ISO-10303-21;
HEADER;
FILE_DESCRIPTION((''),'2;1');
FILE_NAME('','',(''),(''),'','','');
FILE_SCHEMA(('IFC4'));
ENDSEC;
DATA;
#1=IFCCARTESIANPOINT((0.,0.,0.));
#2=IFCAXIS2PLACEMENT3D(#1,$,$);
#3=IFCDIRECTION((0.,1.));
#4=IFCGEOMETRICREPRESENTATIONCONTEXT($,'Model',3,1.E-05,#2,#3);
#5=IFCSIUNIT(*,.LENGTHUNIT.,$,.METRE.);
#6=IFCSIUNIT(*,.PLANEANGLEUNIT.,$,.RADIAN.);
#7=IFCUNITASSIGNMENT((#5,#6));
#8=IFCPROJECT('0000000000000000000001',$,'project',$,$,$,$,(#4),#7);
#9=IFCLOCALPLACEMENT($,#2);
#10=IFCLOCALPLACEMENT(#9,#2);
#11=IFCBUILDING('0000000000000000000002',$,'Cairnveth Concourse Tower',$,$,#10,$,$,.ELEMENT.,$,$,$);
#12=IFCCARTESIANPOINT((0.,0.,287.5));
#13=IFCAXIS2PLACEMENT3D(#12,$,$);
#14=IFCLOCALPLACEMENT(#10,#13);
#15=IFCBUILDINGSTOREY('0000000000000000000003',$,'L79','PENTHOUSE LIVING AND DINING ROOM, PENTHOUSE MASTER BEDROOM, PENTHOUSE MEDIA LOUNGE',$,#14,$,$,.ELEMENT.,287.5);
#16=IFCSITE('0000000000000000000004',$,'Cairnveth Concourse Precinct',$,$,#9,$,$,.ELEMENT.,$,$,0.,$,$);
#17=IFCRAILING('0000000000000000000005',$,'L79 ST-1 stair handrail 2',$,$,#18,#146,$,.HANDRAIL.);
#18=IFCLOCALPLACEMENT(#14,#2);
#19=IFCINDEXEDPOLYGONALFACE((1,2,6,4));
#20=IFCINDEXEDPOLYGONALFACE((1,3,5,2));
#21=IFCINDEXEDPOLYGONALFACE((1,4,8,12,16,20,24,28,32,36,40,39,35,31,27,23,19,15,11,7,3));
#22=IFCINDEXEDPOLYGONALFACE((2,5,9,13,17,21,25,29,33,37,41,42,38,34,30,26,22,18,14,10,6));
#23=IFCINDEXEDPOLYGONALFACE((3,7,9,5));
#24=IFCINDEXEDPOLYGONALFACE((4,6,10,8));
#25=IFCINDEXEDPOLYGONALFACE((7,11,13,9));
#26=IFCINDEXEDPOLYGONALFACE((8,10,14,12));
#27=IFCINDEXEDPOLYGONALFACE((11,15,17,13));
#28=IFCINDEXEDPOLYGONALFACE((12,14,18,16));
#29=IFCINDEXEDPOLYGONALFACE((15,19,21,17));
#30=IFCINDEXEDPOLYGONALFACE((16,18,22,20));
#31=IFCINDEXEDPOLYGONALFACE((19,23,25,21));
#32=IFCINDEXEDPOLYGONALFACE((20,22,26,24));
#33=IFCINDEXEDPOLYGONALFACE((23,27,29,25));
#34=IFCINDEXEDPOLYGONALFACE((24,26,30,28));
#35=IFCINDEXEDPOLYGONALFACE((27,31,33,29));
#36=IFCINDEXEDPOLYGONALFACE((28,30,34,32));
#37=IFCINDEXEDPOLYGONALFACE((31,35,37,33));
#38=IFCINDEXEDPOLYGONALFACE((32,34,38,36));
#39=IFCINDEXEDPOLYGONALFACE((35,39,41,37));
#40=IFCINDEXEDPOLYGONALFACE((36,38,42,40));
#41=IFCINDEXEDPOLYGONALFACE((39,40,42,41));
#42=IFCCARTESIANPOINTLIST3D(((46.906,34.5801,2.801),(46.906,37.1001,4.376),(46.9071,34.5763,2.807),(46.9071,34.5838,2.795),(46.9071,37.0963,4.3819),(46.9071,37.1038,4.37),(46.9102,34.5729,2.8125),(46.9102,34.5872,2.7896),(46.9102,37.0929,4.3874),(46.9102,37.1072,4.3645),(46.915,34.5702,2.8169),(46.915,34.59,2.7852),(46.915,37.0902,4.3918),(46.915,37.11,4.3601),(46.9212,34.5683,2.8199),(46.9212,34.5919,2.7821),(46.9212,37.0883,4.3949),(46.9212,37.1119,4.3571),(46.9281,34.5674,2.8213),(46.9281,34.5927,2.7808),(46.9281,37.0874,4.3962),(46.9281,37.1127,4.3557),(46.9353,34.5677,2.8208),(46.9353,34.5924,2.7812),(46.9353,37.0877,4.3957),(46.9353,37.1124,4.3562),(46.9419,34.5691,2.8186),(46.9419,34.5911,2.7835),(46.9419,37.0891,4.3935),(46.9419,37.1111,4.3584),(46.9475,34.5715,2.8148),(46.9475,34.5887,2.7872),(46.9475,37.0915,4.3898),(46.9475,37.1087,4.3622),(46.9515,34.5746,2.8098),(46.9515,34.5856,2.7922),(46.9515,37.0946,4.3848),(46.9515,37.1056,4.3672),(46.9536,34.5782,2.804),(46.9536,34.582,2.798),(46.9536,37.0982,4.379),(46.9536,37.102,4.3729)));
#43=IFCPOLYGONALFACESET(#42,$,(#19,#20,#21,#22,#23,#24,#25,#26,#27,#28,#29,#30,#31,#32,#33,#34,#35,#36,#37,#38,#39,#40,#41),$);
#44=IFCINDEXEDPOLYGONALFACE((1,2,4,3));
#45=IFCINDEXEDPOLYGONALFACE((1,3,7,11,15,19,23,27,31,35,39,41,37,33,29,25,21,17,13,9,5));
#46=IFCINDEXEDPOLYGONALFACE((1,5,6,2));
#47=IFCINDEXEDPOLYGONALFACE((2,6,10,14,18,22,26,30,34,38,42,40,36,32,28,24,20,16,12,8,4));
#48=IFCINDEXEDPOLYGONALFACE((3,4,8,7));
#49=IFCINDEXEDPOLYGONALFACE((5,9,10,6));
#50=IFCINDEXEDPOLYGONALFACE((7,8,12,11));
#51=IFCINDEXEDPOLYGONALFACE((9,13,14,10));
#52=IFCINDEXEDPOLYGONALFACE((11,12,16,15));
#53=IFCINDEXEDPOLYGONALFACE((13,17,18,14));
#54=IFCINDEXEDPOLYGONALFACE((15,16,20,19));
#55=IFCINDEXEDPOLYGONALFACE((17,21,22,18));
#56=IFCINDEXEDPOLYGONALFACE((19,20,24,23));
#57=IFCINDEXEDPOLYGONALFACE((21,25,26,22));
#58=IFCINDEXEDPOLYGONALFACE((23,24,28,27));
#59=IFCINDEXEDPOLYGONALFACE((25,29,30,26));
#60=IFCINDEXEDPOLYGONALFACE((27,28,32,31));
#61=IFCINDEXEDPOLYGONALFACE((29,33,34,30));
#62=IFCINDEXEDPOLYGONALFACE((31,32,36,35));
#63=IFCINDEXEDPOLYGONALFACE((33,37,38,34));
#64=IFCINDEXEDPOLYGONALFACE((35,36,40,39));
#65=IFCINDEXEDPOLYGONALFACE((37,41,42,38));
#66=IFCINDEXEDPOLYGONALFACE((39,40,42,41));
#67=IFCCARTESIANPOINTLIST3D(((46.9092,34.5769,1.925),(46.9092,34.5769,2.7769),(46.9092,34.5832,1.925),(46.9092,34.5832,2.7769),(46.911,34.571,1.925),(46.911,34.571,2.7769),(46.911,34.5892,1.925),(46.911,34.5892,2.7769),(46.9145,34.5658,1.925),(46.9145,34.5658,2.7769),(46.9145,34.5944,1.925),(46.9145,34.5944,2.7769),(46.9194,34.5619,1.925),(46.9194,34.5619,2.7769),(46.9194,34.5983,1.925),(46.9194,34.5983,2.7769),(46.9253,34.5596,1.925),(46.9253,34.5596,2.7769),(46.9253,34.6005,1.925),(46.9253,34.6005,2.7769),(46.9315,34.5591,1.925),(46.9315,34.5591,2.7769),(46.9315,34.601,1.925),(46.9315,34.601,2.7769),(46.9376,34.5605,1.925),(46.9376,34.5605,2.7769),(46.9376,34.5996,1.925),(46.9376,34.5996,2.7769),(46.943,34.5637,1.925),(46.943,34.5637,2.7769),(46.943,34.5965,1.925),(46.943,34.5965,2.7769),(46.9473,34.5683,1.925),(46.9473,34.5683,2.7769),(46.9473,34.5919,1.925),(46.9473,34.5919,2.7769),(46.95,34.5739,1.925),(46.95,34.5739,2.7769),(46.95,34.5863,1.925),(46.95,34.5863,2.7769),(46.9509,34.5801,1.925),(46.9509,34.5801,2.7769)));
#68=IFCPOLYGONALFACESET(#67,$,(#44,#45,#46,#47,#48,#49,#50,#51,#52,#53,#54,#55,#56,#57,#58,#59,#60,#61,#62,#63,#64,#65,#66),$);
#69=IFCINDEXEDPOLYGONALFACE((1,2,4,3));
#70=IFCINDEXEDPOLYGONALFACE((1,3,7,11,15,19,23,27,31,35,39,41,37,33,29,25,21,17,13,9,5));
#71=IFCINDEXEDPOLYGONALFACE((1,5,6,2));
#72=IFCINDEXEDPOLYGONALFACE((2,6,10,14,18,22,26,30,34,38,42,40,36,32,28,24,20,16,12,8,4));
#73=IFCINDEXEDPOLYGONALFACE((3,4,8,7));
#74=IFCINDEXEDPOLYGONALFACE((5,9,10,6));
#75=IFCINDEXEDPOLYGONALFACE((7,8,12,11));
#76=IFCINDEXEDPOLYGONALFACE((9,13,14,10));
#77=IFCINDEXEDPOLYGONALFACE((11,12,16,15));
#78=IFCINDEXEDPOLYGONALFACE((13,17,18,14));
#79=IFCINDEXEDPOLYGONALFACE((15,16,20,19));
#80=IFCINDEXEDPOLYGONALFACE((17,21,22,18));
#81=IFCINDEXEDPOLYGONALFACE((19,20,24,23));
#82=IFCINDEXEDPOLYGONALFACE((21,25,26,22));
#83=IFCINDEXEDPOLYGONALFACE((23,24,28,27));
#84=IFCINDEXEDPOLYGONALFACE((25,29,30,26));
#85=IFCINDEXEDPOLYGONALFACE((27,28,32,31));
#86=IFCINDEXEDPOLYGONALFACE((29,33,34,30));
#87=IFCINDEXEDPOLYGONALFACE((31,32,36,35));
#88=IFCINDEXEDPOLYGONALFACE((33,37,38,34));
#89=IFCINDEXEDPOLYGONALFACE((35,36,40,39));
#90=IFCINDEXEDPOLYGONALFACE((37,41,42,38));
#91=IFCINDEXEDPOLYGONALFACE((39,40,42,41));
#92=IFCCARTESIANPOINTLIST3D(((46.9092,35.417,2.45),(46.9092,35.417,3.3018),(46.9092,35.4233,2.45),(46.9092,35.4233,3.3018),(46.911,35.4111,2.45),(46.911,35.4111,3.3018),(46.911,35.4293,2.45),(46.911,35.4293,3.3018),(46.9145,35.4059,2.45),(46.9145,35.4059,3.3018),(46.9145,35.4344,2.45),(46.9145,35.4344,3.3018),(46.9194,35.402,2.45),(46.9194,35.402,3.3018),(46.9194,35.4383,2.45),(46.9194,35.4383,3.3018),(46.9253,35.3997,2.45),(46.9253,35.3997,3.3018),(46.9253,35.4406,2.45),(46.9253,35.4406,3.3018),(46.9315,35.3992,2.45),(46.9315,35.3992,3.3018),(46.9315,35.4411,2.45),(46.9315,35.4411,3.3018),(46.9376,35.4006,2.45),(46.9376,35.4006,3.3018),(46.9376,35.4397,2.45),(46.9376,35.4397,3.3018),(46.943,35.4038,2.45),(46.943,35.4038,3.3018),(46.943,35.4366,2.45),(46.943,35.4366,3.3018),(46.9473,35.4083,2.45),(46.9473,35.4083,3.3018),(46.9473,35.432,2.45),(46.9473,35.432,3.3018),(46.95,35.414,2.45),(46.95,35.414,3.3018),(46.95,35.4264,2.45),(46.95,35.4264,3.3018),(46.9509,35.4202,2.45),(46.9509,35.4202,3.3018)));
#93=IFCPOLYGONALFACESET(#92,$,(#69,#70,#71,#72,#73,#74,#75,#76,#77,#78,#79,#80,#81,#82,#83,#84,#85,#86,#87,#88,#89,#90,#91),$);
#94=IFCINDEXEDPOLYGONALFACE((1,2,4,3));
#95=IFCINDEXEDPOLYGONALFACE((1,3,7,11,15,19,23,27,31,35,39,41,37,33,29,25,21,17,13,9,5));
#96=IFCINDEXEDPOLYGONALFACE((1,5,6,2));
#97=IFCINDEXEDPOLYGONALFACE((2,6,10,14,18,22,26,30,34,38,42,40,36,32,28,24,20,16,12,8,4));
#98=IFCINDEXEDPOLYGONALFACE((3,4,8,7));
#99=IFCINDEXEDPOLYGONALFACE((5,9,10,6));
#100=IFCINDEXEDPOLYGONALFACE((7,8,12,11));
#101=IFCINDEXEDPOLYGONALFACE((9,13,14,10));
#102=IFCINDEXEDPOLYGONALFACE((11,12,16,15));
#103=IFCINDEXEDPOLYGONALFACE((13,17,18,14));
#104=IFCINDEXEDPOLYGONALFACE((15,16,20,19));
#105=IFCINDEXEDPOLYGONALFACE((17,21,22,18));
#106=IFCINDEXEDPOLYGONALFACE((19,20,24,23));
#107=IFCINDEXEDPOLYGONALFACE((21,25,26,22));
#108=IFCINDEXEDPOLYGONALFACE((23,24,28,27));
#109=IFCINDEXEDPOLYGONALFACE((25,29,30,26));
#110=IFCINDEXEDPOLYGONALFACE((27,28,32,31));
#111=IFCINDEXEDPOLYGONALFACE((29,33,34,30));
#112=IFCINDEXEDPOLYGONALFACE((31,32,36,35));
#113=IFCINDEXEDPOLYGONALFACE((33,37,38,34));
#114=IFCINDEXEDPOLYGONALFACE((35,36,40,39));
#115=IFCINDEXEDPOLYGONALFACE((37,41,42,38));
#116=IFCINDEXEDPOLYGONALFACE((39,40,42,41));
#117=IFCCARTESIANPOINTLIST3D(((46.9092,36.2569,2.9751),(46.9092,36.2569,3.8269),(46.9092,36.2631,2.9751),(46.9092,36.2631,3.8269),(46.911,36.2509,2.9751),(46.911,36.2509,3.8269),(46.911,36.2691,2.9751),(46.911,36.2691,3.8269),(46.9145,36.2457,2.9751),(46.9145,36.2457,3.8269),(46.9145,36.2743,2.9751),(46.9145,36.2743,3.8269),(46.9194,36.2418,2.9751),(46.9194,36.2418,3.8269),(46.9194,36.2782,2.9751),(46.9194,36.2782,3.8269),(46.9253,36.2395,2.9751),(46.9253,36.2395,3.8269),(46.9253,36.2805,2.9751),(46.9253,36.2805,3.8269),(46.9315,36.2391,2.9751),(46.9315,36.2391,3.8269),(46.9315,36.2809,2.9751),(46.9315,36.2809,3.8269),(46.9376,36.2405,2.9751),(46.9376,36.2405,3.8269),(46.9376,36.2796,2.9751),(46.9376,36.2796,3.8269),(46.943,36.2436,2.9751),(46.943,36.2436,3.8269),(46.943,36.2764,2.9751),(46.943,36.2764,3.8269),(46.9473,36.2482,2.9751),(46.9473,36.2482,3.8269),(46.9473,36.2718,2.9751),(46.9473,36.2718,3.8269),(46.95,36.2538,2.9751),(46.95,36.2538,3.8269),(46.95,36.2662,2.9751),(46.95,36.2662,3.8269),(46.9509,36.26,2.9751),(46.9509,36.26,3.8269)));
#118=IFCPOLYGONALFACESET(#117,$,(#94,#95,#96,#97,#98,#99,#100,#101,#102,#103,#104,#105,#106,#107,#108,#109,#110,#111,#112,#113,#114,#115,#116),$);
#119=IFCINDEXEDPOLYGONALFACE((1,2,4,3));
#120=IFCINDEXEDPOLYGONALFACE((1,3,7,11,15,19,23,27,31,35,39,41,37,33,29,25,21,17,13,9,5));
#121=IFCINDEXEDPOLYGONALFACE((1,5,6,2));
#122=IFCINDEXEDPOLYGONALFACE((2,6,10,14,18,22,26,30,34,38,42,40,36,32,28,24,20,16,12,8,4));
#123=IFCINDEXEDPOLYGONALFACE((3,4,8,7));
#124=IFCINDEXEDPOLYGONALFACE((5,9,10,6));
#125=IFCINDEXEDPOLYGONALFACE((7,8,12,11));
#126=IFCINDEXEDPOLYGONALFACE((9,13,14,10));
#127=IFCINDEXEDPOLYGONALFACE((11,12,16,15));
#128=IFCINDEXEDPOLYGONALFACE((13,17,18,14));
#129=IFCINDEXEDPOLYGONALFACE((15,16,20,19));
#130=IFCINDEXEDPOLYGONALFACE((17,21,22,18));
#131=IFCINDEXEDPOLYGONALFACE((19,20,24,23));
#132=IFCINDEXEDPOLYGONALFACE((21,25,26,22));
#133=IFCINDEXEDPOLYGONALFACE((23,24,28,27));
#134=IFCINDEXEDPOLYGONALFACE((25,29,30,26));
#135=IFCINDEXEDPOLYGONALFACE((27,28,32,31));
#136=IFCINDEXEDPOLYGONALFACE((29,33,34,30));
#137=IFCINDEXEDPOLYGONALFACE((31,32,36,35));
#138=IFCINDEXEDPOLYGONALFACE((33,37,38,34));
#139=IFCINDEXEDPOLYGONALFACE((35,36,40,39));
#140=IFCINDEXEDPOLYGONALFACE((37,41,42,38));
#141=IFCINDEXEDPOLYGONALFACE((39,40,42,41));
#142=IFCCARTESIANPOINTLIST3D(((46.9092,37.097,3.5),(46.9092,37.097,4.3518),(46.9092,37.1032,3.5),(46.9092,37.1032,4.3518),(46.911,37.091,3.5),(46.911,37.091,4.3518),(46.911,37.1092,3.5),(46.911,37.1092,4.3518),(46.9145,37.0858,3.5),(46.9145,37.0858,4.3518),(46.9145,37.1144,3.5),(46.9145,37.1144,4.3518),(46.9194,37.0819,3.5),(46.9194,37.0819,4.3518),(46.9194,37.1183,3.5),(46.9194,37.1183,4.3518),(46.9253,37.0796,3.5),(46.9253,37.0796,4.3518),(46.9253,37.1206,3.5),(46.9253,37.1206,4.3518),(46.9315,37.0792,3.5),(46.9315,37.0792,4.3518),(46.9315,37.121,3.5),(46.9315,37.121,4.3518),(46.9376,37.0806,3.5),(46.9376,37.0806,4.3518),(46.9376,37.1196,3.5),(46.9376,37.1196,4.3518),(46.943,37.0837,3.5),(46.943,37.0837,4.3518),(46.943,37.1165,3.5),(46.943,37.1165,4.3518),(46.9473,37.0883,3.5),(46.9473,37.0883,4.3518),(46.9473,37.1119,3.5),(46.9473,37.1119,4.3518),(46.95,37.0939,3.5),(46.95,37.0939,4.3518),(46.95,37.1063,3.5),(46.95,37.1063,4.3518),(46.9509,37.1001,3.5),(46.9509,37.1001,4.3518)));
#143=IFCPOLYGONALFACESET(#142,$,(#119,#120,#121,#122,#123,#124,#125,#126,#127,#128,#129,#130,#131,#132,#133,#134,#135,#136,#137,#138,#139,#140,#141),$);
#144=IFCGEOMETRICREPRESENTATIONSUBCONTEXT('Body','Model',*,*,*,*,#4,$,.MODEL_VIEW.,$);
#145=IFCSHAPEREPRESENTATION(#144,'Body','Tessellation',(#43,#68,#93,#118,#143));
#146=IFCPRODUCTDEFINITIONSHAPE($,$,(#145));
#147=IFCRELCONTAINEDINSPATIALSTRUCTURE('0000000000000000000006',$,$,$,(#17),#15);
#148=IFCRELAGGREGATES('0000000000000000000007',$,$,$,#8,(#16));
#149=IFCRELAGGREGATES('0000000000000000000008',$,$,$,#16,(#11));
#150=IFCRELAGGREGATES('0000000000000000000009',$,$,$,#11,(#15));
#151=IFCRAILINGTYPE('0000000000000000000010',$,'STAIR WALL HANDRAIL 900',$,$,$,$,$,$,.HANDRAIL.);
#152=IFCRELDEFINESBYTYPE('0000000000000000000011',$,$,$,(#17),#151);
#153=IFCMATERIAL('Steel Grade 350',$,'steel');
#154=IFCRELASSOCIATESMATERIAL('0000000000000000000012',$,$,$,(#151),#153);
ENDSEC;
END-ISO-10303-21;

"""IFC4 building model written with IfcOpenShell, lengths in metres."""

from ifc_helpers import new_model, si_unit, direction, frame, origin, origin_2d, place, context, subcontext, project, spatial, circle, extrude, material, type_object, element, save


model = new_model("IFC4")

# Units and contexts
model_context = context("Model", 3, precision=1e-05, world=origin(), true_north=direction((0.0, 1.0)))
body_context = subcontext(model_context, "Body", "Model", "MODEL_VIEW")
ifc_project = project(units=[si_unit("LENGTHUNIT", "METRE"), si_unit("PLANEANGLEUNIT", "RADIAN")], contexts=[model_context])

# Site, building, storey
site_placement = place(None, origin())
site = spatial("IfcSite", under=ifc_project, at=site_placement, Name="Cairnveth Concourse Precinct", CompositionType="ELEMENT", RefElevation=0.0)
building_placement = place(site_placement, origin())
building = spatial("IfcBuilding", under=site, at=building_placement, Name="Cairnveth Concourse Tower", CompositionType="ELEMENT")
storey_placement = place(building_placement, frame((0.0, 0.0, 287.5)))
storey = spatial("IfcBuildingStorey", under=building, at=storey_placement, Name="L79", Description="PENTHOUSE LIVING AND DINING ROOM, PENTHOUSE MASTER BEDROOM, PENTHOUSE MEDIA LOUNGE", CompositionType="ELEMENT", Elevation=287.5)

# Shared definitions
ifc_material_1 = material(Name="Steel Grade 350", Category="steel")

# Railing
railing_type_1 = type_object("IfcRailingType", Name="STAIR WALL HANDRAIL 900", PredefinedType="HANDRAIL", material=ifc_material_1)
railing_1_placement = place(storey_placement, frame((46.9299, 34.5801, 1.925)))
element("IfcRailing", 1, at=railing_1_placement, inside=storey, type_object=railing_type_1, Name="L79 ST-1 stair handrail 2", PredefinedType="HANDRAIL", context=body_context, shape_type="SweptSolid", body=[
    extrude(circle(Radius=0.0239, at=origin_2d()), frame((0.0, 0.0, 0.876), z_axis=(0.0, 0.848008, 0.529984), x_axis=(-1.0, 0.0, 0.0)), (0.0, 0.0, 1.0), 2.9717),
    extrude(circle(Radius=0.021, at=origin_2d()), origin(), (0.0, 0.0, 1.0), 0.8518),
    extrude(circle(Radius=0.021, at=origin_2d()), frame((0.0, 0.8401, 0.5249)), (0.0, 0.0, 1.0), 0.8518),
    extrude(circle(Radius=0.021, at=origin_2d()), frame((0.0, 1.6799, 1.05)), (0.0, 0.0, 1.0), 0.8518),
    extrude(circle(Radius=0.021, at=origin_2d()), frame((0.0, 2.52, 1.575)), (0.0, 0.0, 1.0), 0.8518),
])

save(model, "model.ifc")
